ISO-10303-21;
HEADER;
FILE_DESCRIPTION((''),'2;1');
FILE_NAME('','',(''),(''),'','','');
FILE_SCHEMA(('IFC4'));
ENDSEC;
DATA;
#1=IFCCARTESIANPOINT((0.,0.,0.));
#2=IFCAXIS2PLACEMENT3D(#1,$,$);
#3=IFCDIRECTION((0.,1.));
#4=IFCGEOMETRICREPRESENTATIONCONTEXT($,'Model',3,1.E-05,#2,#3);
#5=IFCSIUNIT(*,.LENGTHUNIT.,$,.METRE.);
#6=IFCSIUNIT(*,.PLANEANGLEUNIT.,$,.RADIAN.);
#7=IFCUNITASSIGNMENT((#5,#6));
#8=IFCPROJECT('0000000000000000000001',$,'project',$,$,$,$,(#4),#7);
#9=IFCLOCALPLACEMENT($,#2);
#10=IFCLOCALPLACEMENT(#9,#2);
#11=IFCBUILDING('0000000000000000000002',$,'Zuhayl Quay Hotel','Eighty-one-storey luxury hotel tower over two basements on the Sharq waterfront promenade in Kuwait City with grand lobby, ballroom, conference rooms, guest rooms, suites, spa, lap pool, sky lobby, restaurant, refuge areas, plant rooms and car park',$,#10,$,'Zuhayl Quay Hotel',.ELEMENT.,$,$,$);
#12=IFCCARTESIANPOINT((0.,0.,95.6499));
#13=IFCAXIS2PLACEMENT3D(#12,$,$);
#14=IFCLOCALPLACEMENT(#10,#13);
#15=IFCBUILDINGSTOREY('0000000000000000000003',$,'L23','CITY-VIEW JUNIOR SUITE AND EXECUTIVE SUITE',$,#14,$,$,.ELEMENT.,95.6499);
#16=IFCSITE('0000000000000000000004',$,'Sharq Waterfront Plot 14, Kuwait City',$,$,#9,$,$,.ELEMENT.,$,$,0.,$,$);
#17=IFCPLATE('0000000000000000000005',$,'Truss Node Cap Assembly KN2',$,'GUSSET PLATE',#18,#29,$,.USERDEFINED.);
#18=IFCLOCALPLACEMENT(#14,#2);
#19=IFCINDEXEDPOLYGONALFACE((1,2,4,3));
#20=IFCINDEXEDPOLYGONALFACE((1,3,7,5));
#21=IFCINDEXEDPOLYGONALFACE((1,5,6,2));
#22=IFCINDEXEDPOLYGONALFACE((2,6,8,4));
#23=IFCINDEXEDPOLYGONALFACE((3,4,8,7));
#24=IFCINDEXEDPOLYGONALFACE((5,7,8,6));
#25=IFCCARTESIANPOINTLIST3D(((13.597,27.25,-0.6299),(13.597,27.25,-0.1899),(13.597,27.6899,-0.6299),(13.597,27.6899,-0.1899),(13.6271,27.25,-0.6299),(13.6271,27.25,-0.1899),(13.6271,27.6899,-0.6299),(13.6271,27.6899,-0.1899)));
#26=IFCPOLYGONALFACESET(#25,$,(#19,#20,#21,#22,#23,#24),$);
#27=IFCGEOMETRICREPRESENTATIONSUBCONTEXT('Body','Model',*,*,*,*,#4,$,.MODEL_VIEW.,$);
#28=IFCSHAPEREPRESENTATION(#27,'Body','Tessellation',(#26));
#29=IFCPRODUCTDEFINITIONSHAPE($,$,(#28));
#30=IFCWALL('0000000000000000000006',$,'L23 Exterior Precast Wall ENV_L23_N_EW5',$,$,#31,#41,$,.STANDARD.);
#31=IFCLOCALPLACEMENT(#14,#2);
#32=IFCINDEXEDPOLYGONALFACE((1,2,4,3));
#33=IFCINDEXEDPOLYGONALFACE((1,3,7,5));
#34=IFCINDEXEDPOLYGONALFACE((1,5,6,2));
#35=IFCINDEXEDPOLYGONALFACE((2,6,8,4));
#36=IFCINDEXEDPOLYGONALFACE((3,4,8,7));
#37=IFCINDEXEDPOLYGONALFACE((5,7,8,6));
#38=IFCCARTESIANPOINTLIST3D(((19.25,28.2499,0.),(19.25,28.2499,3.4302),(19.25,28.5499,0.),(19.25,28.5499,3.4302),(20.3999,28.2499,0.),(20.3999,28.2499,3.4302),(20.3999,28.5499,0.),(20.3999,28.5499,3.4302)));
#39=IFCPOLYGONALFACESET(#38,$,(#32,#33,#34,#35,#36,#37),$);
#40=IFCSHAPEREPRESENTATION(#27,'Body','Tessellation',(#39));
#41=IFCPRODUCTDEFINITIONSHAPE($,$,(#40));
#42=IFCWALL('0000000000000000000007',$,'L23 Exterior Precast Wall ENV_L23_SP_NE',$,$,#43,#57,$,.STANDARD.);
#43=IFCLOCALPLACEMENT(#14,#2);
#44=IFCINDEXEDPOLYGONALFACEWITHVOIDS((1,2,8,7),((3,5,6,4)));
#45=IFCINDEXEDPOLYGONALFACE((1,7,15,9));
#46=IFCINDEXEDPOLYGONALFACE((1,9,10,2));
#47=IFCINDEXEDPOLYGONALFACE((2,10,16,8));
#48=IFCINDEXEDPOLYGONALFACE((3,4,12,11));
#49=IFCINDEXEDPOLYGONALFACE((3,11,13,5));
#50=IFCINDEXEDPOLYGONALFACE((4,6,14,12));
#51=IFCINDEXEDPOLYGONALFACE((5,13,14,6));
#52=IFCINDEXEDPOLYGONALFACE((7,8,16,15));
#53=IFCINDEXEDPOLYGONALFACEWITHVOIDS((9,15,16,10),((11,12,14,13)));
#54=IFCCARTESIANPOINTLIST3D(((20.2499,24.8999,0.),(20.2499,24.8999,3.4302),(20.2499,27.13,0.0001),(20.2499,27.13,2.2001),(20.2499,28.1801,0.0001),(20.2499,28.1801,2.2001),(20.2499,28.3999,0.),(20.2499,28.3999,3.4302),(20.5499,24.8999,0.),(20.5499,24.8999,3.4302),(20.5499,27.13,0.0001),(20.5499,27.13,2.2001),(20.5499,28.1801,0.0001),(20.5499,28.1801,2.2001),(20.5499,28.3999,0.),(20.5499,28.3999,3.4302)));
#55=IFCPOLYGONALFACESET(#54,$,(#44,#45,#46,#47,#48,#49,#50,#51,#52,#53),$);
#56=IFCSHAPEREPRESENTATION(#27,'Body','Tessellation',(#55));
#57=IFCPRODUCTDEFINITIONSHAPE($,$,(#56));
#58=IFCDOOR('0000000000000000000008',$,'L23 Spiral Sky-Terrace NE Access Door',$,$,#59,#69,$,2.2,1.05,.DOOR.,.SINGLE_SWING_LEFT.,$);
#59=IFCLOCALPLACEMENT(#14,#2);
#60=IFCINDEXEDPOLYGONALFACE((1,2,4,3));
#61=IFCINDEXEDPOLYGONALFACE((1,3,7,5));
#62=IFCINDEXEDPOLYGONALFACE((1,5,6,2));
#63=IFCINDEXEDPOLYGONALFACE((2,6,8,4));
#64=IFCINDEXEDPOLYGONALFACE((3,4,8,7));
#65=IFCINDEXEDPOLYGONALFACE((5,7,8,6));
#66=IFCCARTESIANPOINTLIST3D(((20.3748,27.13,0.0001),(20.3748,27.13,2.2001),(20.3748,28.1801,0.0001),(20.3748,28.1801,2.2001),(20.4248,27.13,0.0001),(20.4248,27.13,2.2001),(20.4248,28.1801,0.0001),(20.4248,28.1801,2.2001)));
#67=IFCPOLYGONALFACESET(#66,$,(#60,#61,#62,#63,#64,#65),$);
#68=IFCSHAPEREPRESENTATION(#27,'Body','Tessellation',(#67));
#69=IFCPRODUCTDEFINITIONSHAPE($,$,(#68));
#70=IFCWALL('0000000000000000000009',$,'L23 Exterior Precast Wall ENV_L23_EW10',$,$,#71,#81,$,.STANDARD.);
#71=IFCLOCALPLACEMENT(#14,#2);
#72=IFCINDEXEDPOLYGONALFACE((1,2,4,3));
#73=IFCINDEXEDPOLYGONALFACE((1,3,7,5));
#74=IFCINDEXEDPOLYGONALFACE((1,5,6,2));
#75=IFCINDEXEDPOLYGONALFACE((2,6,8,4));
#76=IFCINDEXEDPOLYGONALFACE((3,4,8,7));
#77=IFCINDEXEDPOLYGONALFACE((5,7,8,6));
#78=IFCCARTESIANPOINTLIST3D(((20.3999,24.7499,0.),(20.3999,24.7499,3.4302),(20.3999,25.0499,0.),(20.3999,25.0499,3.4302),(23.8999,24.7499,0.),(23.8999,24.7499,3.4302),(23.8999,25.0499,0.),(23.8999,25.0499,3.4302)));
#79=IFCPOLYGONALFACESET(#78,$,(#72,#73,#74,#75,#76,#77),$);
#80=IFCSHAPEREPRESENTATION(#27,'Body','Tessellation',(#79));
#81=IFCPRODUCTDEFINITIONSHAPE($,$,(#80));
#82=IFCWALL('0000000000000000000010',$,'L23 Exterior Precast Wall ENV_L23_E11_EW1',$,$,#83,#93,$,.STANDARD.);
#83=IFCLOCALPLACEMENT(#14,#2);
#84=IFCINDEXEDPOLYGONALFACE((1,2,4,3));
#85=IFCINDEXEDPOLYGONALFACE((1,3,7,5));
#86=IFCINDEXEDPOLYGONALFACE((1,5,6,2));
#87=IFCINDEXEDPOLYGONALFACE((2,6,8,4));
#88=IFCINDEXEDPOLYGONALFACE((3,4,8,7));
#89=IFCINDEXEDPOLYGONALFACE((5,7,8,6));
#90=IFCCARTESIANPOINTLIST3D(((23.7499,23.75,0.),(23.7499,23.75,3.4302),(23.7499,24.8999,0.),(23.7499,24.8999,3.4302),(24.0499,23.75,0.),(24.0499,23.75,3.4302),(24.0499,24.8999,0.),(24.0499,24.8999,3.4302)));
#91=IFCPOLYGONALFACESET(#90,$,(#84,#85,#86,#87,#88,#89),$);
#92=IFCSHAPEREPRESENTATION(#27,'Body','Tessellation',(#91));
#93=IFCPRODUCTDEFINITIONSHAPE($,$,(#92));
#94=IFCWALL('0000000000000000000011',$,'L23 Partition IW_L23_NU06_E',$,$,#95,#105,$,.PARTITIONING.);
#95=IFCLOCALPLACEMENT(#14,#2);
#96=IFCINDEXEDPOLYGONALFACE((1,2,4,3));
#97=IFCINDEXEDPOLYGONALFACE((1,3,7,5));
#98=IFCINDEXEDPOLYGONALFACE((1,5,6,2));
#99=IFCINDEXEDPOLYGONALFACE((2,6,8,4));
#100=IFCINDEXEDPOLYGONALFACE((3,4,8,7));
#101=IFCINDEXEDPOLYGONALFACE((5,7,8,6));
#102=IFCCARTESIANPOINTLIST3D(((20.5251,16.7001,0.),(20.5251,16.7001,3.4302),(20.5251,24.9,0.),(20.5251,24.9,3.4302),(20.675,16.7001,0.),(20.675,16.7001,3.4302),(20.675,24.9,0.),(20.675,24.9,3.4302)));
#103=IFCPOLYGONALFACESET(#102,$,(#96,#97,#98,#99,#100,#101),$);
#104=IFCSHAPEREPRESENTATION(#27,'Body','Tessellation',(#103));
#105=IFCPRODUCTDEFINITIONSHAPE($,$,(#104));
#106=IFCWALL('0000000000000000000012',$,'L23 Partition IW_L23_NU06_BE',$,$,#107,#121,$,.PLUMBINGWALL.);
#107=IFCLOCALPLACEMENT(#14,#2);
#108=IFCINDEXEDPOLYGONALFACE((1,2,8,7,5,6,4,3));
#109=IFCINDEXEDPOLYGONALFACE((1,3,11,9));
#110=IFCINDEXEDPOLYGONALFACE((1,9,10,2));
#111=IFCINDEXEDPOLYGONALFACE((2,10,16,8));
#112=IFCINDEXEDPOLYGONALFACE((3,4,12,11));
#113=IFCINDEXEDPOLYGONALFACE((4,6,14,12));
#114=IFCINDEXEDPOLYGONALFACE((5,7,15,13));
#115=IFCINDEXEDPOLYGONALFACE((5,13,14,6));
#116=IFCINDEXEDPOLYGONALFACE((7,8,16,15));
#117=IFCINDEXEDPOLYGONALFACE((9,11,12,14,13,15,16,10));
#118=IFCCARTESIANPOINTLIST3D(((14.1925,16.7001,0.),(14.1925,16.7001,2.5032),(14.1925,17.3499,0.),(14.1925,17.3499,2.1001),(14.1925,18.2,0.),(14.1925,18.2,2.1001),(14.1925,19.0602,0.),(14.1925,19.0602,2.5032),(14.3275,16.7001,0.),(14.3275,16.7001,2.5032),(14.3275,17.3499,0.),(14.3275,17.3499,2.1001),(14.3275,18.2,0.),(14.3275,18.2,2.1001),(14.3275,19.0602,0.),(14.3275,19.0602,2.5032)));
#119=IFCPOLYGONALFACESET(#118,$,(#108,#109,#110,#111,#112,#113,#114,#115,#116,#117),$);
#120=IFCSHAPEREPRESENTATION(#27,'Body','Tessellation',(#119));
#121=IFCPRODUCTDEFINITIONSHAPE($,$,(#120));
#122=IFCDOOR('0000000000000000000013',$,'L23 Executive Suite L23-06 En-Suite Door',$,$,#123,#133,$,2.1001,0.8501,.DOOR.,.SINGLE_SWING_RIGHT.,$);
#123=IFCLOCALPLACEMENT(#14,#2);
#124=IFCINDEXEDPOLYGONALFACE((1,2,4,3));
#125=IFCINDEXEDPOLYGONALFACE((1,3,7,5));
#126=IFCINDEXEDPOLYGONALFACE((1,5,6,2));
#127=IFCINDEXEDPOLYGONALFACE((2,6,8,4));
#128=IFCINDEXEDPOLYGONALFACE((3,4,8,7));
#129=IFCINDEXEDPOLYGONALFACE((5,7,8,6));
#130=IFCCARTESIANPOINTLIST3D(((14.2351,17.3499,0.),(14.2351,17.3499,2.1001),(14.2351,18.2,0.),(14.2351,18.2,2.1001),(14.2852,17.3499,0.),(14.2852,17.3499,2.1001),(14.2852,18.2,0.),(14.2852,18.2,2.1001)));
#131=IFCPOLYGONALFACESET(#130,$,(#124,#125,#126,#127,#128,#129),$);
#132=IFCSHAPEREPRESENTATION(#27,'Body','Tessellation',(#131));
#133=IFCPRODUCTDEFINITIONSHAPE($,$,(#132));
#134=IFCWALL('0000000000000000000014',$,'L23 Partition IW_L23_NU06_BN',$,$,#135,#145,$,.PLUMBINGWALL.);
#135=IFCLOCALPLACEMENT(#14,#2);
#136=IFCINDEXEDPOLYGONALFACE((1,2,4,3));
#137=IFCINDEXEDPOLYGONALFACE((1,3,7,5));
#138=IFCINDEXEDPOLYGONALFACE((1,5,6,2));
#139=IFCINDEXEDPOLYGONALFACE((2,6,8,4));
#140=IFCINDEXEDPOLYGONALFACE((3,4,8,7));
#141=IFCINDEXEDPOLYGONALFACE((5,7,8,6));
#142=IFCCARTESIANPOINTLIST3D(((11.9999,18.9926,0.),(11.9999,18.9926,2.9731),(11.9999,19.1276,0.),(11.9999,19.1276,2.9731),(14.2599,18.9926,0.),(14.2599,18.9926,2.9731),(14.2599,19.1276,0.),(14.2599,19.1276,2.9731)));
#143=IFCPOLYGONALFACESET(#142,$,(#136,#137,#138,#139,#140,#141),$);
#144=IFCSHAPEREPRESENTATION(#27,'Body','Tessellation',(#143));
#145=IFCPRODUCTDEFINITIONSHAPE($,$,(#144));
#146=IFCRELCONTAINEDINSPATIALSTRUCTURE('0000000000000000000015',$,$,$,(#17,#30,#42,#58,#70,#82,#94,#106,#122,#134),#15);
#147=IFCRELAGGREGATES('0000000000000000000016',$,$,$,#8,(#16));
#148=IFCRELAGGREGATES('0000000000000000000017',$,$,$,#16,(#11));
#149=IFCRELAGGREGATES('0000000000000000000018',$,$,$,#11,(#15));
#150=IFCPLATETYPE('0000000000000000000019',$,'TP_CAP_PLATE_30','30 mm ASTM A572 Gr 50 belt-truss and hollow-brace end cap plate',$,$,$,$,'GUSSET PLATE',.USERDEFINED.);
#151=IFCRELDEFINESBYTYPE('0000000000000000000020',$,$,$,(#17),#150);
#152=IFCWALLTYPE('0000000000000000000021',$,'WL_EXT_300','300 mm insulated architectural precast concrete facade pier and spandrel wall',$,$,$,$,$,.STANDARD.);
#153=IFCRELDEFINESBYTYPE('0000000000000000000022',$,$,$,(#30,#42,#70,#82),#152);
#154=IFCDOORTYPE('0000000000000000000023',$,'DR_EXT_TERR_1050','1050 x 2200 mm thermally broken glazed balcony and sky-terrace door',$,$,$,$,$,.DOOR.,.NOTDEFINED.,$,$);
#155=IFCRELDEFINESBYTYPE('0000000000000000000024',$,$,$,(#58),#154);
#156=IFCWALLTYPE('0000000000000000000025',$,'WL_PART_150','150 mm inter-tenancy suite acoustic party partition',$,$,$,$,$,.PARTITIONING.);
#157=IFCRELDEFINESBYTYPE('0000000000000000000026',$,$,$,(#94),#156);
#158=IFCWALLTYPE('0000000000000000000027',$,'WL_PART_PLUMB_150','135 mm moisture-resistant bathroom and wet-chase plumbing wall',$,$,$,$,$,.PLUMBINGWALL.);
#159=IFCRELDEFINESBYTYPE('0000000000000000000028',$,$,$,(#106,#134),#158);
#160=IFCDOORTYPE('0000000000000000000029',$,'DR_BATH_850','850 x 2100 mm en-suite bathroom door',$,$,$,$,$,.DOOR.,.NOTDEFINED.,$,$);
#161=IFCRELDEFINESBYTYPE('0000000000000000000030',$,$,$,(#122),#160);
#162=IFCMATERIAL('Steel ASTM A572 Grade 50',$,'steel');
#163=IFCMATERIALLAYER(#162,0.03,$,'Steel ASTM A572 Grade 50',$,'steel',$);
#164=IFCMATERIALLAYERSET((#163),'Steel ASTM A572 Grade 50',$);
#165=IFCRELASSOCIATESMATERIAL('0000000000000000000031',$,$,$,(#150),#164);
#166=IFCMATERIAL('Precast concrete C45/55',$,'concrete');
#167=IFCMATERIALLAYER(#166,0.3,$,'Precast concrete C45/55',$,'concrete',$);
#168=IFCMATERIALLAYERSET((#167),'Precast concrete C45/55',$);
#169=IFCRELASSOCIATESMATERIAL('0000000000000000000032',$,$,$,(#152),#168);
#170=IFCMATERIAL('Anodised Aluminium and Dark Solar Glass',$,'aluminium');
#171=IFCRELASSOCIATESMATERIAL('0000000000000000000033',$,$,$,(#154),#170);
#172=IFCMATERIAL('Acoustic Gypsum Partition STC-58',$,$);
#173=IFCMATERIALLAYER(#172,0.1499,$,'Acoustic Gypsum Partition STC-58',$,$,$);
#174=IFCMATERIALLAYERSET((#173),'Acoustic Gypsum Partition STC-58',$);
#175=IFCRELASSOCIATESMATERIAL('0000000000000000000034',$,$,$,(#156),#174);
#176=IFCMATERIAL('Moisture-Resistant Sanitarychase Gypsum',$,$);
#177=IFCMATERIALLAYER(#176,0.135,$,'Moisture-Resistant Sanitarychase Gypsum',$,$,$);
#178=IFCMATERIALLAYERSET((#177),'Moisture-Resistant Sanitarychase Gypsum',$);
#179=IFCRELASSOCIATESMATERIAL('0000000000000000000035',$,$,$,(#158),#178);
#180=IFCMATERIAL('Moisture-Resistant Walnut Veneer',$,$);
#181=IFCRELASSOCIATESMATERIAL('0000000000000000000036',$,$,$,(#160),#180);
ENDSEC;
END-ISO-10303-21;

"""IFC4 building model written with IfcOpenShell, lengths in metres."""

from ifc_helpers import new_model, si_unit, direction, frame, frame_2d, origin, origin_2d, place, context, subcontext, project, spatial, rectangle, extrude, material, layer, layer_set, type_object, element, fill, save


model = new_model("IFC4")

# Units and contexts
model_context = context("Model", 3, precision=1e-05, world=origin(), true_north=direction((0.0, 1.0)))
body_context = subcontext(model_context, "Body", "Model", "MODEL_VIEW")
ifc_project = project(units=[si_unit("LENGTHUNIT", "METRE"), si_unit("PLANEANGLEUNIT", "RADIAN")], contexts=[model_context])

# Site, building, storey
site_placement = place(None, origin())
site = spatial("IfcSite", under=ifc_project, at=site_placement, Name="Sharq Waterfront Plot 14, Kuwait City", CompositionType="ELEMENT", RefElevation=0.0)
building_placement = place(site_placement, origin())
building = spatial("IfcBuilding", under=site, at=building_placement, Name="Zuhayl Quay Hotel", Description="Eighty-one-storey luxury hotel tower over two basements on the Sharq waterfront promenade in Kuwait City with grand lobby, ballroom, conference rooms, guest rooms, suites, spa, lap pool, sky lobby, restaurant, refuge areas, plant rooms and car park", LongName="Zuhayl Quay Hotel", CompositionType="ELEMENT")
storey_placement = place(building_placement, frame((0.0, 0.0, 95.6499)))
storey = spatial("IfcBuildingStorey", under=building, at=storey_placement, Name="L23", Description="CITY-VIEW JUNIOR SUITE AND EXECUTIVE SUITE", CompositionType="ELEMENT", Elevation=95.6499)

# Plate
ifc_material_1 = material(Name="Steel ASTM A572 Grade 50", Category="steel")
ifc_layer_1 = layer(ifc_material_1, 0.03, Name="Steel ASTM A572 Grade 50", Category="steel")
ifc_layer_set_1 = layer_set([ifc_layer_1], Name="Steel ASTM A572 Grade 50")
plate_type_1 = type_object("IfcPlateType", Name="TP_CAP_PLATE_30", Description="30 mm ASTM A572 Gr 50 belt-truss and hollow-brace end cap plate", ElementType="GUSSET PLATE", PredefinedType="USERDEFINED", material=ifc_layer_set_1)
plate_1_placement = place(storey_placement, frame((13.6121, 27.47, -0.6299), z_axis=(0.0, 0.0, 1.0), x_axis=(1.0, 0.0, 0.0)))
element("IfcPlate", 1, at=plate_1_placement, inside=storey, type_object=plate_type_1, Name="Truss Node Cap Assembly KN2", ObjectType="GUSSET PLATE", PredefinedType="USERDEFINED", context=body_context, shape_type="SweptSolid", body=[
    extrude(rectangle(XDim=0.03, YDim=0.4399, at=origin_2d()), origin(), (0.0, 0.0, 1.0), 0.4399),
])

# Wall
ifc_material_2 = material(Name="Precast concrete C45/55", Category="concrete")
ifc_layer_2 = layer(ifc_material_2, 0.3, Name="Precast concrete C45/55", Category="concrete")
ifc_layer_set_2 = layer_set([ifc_layer_2], Name="Precast concrete C45/55")
wall_type_1 = type_object("IfcWallType", Name="WL_EXT_300", Description="300 mm insulated architectural precast concrete facade pier and spandrel wall", PredefinedType="STANDARD", material=ifc_layer_set_2)
wall_1_placement = place(storey_placement, frame((19.25, 28.3999, 0.0), z_axis=(0.0, 0.0, 1.0), x_axis=(1.0, 0.0, 0.0)))
element("IfcWall", 2, at=wall_1_placement, inside=storey, type_object=wall_type_1, Name="L23 Exterior Precast Wall ENV_L23_N_EW5", PredefinedType="STANDARD", context=body_context, shape_type="SweptSolid", body=[
    extrude(rectangle(XDim=1.1499, YDim=0.3, at=frame_2d((0.575, 0.0))), origin(), (0.0, 0.0, 1.0), 3.4302),
])

# Wall, opening, door
wall_2_placement = place(storey_placement, frame((20.3999, 28.3999, 0.0), z_axis=(0.0, 0.0, 1.0), x_axis=(0.0, -1.0, 0.0)))
wall_2 = element("IfcWall", 3, at=wall_2_placement, inside=storey, type_object=wall_type_1, Name="L23 Exterior Precast Wall ENV_L23_SP_NE", PredefinedType="STANDARD", context=body_context, shape_type="SweptSolid", body=[
    extrude(rectangle(XDim=3.5, YDim=0.3, at=frame_2d((1.75, 0.0))), origin(), (0.0, 0.0, 1.0), 3.4302),
])
opening_1_placement = place(wall_2_placement, frame((0.22, 0.0, 0.0)))
opening_1 = element("IfcOpeningElement", 4, at=opening_1_placement, cuts=wall_2, PredefinedType="OPENING", context=body_context, shape_type="SweptSolid", body=[
    extrude(rectangle(XDim=1.05, YDim=2.2, at=frame_2d((0.5249, 1.1001))), frame((0.0, 0.1599, 0.0), z_axis=(0.0, -1.0, 0.0), x_axis=(1.0, 0.0, 0.0)), (0.0, 0.0, 1.0), 0.3201),
])
ifc_material_3 = material(Name="Anodised Aluminium and Dark Solar Glass", Category="aluminium")
door_type_1 = type_object("IfcDoorType", Name="DR_EXT_TERR_1050", Description="1050 x 2200 mm thermally broken glazed balcony and sky-terrace door", OperationType="NOTDEFINED", PredefinedType="DOOR", material=ifc_material_3)
door_1_placement = place(opening_1_placement, origin())
door_1 = element("IfcDoor", 5, at=door_1_placement, inside=storey, type_object=door_type_1, Name="L23 Spiral Sky-Terrace NE Access Door", OperationType="SINGLE_SWING_LEFT", OverallHeight=2.2, OverallWidth=1.05, PredefinedType="DOOR", context=body_context, shape_type="SweptSolid", body=[
    extrude(rectangle(XDim=1.05, YDim=2.2, at=frame_2d((0.5249, 1.1001))), frame((0.0, 0.0249, 0.0), z_axis=(0.0, -1.0, 0.0), x_axis=(1.0, 0.0, 0.0)), (0.0, 0.0, 1.0), 0.05),
])
fill(opening_1, door_1)

# Walls
wall_3_placement = place(storey_placement, frame((20.3999, 24.8999, 0.0), z_axis=(0.0, 0.0, 1.0), x_axis=(1.0, 0.0, 0.0)))
element("IfcWall", 6, at=wall_3_placement, inside=storey, type_object=wall_type_1, Name="L23 Exterior Precast Wall ENV_L23_EW10", PredefinedType="STANDARD", context=body_context, shape_type="SweptSolid", body=[
    extrude(rectangle(XDim=3.5, YDim=0.3, at=frame_2d((1.75, 0.0))), origin(), (0.0, 0.0, 1.0), 3.4302),
])
wall_4_placement = place(storey_placement, frame((23.8999, 24.8999, 0.0), z_axis=(0.0, 0.0, 1.0), x_axis=(0.0, -1.0, 0.0)))
element("IfcWall", 7, at=wall_4_placement, inside=storey, type_object=wall_type_1, Name="L23 Exterior Precast Wall ENV_L23_E11_EW1", PredefinedType="STANDARD", context=body_context, shape_type="SweptSolid", body=[
    extrude(rectangle(XDim=1.1499, YDim=0.3, at=frame_2d((0.575, 0.0))), origin(), (0.0, 0.0, 1.0), 3.4302),
])
ifc_material_4 = material(Name="Acoustic Gypsum Partition STC-58")
ifc_layer_3 = layer(ifc_material_4, 0.1499, Name="Acoustic Gypsum Partition STC-58")
ifc_layer_set_3 = layer_set([ifc_layer_3], Name="Acoustic Gypsum Partition STC-58")
wall_type_2 = type_object("IfcWallType", Name="WL_PART_150", Description="150 mm inter-tenancy suite acoustic party partition", PredefinedType="PARTITIONING", material=ifc_layer_set_3)
wall_5_placement = place(storey_placement, frame((20.6001, 16.7, 0.0), z_axis=(0.0, 0.0, 1.0), x_axis=(0.0, 1.0, 0.0)))
element("IfcWall", 8, at=wall_5_placement, inside=storey, type_object=wall_type_2, Name="L23 Partition IW_L23_NU06_E", PredefinedType="PARTITIONING", context=body_context, shape_type="SweptSolid", body=[
    extrude(rectangle(XDim=8.2, YDim=0.1499, at=frame_2d((4.1001, 0.0))), origin(), (0.0, 0.0, 1.0), 3.4302),
])

# Wall, opening, door
ifc_material_5 = material(Name="Moisture-Resistant Sanitarychase Gypsum")
ifc_layer_4 = layer(ifc_material_5, 0.135, Name="Moisture-Resistant Sanitarychase Gypsum")
ifc_layer_set_4 = layer_set([ifc_layer_4], Name="Moisture-Resistant Sanitarychase Gypsum")
wall_type_3 = type_object("IfcWallType", Name="WL_PART_PLUMB_150", Description="135 mm moisture-resistant bathroom and wet-chase plumbing wall", PredefinedType="PLUMBINGWALL", material=ifc_layer_set_4)
wall_6_placement = place(storey_placement, frame((14.26, 16.7, 0.0), z_axis=(0.0, 0.0, 1.0), x_axis=(0.0, 1.0, 0.0)))
wall_6 = element("IfcWall", 9, at=wall_6_placement, inside=storey, type_object=wall_type_3, Name="L23 Partition IW_L23_NU06_BE", PredefinedType="PLUMBINGWALL", context=body_context, shape_type="SweptSolid", body=[
    extrude(rectangle(XDim=2.3601, YDim=0.135, at=frame_2d((1.1802, 0.0))), origin(), (0.0, 0.0, 1.0), 2.5032),
])
opening_2_placement = place(wall_6_placement, frame((0.6499, 0.0, 0.0)))
opening_2 = element("IfcOpeningElement", 10, at=opening_2_placement, cuts=wall_6, PredefinedType="OPENING", context=body_context, shape_type="SweptSolid", body=[
    extrude(rectangle(XDim=0.8501, YDim=2.1001, at=frame_2d((0.425, 1.05))), frame((0.0, 0.0774, 0.0), z_axis=(0.0, -1.0, 0.0), x_axis=(1.0, 0.0, 0.0)), (0.0, 0.0, 1.0), 0.155),
])
ifc_material_6 = material(Name="Moisture-Resistant Walnut Veneer")
door_type_2 = type_object("IfcDoorType", Name="DR_BATH_850", Description="850 x 2100 mm en-suite bathroom door", OperationType="NOTDEFINED", PredefinedType="DOOR", material=ifc_material_6)
door_2_placement = place(opening_2_placement, origin())
door_2 = element("IfcDoor", 11, at=door_2_placement, inside=storey, type_object=door_type_2, Name="L23 Executive Suite L23-06 En-Suite Door", OperationType="SINGLE_SWING_RIGHT", OverallHeight=2.1001, OverallWidth=0.8501, PredefinedType="DOOR", context=body_context, shape_type="SweptSolid", body=[
    extrude(rectangle(XDim=0.8501, YDim=2.1001, at=frame_2d((0.425, 1.05))), frame((0.0, 0.0249, 0.0), z_axis=(0.0, -1.0, 0.0), x_axis=(1.0, 0.0, 0.0)), (0.0, 0.0, 1.0), 0.05),
])
fill(opening_2, door_2)

# Wall
wall_7_placement = place(storey_placement, frame((12.0, 19.0601, 0.0), z_axis=(0.0, 0.0, 1.0), x_axis=(1.0, 0.0, 0.0)))
element("IfcWall", 12, at=wall_7_placement, inside=storey, type_object=wall_type_3, Name="L23 Partition IW_L23_NU06_BN", PredefinedType="PLUMBINGWALL", context=body_context, shape_type="SweptSolid", body=[
    extrude(rectangle(XDim=2.26, YDim=0.135, at=frame_2d((1.1299, 0.0))), origin(), (0.0, 0.0, 1.0), 2.9731),
])

save(model, "model.ifc")
